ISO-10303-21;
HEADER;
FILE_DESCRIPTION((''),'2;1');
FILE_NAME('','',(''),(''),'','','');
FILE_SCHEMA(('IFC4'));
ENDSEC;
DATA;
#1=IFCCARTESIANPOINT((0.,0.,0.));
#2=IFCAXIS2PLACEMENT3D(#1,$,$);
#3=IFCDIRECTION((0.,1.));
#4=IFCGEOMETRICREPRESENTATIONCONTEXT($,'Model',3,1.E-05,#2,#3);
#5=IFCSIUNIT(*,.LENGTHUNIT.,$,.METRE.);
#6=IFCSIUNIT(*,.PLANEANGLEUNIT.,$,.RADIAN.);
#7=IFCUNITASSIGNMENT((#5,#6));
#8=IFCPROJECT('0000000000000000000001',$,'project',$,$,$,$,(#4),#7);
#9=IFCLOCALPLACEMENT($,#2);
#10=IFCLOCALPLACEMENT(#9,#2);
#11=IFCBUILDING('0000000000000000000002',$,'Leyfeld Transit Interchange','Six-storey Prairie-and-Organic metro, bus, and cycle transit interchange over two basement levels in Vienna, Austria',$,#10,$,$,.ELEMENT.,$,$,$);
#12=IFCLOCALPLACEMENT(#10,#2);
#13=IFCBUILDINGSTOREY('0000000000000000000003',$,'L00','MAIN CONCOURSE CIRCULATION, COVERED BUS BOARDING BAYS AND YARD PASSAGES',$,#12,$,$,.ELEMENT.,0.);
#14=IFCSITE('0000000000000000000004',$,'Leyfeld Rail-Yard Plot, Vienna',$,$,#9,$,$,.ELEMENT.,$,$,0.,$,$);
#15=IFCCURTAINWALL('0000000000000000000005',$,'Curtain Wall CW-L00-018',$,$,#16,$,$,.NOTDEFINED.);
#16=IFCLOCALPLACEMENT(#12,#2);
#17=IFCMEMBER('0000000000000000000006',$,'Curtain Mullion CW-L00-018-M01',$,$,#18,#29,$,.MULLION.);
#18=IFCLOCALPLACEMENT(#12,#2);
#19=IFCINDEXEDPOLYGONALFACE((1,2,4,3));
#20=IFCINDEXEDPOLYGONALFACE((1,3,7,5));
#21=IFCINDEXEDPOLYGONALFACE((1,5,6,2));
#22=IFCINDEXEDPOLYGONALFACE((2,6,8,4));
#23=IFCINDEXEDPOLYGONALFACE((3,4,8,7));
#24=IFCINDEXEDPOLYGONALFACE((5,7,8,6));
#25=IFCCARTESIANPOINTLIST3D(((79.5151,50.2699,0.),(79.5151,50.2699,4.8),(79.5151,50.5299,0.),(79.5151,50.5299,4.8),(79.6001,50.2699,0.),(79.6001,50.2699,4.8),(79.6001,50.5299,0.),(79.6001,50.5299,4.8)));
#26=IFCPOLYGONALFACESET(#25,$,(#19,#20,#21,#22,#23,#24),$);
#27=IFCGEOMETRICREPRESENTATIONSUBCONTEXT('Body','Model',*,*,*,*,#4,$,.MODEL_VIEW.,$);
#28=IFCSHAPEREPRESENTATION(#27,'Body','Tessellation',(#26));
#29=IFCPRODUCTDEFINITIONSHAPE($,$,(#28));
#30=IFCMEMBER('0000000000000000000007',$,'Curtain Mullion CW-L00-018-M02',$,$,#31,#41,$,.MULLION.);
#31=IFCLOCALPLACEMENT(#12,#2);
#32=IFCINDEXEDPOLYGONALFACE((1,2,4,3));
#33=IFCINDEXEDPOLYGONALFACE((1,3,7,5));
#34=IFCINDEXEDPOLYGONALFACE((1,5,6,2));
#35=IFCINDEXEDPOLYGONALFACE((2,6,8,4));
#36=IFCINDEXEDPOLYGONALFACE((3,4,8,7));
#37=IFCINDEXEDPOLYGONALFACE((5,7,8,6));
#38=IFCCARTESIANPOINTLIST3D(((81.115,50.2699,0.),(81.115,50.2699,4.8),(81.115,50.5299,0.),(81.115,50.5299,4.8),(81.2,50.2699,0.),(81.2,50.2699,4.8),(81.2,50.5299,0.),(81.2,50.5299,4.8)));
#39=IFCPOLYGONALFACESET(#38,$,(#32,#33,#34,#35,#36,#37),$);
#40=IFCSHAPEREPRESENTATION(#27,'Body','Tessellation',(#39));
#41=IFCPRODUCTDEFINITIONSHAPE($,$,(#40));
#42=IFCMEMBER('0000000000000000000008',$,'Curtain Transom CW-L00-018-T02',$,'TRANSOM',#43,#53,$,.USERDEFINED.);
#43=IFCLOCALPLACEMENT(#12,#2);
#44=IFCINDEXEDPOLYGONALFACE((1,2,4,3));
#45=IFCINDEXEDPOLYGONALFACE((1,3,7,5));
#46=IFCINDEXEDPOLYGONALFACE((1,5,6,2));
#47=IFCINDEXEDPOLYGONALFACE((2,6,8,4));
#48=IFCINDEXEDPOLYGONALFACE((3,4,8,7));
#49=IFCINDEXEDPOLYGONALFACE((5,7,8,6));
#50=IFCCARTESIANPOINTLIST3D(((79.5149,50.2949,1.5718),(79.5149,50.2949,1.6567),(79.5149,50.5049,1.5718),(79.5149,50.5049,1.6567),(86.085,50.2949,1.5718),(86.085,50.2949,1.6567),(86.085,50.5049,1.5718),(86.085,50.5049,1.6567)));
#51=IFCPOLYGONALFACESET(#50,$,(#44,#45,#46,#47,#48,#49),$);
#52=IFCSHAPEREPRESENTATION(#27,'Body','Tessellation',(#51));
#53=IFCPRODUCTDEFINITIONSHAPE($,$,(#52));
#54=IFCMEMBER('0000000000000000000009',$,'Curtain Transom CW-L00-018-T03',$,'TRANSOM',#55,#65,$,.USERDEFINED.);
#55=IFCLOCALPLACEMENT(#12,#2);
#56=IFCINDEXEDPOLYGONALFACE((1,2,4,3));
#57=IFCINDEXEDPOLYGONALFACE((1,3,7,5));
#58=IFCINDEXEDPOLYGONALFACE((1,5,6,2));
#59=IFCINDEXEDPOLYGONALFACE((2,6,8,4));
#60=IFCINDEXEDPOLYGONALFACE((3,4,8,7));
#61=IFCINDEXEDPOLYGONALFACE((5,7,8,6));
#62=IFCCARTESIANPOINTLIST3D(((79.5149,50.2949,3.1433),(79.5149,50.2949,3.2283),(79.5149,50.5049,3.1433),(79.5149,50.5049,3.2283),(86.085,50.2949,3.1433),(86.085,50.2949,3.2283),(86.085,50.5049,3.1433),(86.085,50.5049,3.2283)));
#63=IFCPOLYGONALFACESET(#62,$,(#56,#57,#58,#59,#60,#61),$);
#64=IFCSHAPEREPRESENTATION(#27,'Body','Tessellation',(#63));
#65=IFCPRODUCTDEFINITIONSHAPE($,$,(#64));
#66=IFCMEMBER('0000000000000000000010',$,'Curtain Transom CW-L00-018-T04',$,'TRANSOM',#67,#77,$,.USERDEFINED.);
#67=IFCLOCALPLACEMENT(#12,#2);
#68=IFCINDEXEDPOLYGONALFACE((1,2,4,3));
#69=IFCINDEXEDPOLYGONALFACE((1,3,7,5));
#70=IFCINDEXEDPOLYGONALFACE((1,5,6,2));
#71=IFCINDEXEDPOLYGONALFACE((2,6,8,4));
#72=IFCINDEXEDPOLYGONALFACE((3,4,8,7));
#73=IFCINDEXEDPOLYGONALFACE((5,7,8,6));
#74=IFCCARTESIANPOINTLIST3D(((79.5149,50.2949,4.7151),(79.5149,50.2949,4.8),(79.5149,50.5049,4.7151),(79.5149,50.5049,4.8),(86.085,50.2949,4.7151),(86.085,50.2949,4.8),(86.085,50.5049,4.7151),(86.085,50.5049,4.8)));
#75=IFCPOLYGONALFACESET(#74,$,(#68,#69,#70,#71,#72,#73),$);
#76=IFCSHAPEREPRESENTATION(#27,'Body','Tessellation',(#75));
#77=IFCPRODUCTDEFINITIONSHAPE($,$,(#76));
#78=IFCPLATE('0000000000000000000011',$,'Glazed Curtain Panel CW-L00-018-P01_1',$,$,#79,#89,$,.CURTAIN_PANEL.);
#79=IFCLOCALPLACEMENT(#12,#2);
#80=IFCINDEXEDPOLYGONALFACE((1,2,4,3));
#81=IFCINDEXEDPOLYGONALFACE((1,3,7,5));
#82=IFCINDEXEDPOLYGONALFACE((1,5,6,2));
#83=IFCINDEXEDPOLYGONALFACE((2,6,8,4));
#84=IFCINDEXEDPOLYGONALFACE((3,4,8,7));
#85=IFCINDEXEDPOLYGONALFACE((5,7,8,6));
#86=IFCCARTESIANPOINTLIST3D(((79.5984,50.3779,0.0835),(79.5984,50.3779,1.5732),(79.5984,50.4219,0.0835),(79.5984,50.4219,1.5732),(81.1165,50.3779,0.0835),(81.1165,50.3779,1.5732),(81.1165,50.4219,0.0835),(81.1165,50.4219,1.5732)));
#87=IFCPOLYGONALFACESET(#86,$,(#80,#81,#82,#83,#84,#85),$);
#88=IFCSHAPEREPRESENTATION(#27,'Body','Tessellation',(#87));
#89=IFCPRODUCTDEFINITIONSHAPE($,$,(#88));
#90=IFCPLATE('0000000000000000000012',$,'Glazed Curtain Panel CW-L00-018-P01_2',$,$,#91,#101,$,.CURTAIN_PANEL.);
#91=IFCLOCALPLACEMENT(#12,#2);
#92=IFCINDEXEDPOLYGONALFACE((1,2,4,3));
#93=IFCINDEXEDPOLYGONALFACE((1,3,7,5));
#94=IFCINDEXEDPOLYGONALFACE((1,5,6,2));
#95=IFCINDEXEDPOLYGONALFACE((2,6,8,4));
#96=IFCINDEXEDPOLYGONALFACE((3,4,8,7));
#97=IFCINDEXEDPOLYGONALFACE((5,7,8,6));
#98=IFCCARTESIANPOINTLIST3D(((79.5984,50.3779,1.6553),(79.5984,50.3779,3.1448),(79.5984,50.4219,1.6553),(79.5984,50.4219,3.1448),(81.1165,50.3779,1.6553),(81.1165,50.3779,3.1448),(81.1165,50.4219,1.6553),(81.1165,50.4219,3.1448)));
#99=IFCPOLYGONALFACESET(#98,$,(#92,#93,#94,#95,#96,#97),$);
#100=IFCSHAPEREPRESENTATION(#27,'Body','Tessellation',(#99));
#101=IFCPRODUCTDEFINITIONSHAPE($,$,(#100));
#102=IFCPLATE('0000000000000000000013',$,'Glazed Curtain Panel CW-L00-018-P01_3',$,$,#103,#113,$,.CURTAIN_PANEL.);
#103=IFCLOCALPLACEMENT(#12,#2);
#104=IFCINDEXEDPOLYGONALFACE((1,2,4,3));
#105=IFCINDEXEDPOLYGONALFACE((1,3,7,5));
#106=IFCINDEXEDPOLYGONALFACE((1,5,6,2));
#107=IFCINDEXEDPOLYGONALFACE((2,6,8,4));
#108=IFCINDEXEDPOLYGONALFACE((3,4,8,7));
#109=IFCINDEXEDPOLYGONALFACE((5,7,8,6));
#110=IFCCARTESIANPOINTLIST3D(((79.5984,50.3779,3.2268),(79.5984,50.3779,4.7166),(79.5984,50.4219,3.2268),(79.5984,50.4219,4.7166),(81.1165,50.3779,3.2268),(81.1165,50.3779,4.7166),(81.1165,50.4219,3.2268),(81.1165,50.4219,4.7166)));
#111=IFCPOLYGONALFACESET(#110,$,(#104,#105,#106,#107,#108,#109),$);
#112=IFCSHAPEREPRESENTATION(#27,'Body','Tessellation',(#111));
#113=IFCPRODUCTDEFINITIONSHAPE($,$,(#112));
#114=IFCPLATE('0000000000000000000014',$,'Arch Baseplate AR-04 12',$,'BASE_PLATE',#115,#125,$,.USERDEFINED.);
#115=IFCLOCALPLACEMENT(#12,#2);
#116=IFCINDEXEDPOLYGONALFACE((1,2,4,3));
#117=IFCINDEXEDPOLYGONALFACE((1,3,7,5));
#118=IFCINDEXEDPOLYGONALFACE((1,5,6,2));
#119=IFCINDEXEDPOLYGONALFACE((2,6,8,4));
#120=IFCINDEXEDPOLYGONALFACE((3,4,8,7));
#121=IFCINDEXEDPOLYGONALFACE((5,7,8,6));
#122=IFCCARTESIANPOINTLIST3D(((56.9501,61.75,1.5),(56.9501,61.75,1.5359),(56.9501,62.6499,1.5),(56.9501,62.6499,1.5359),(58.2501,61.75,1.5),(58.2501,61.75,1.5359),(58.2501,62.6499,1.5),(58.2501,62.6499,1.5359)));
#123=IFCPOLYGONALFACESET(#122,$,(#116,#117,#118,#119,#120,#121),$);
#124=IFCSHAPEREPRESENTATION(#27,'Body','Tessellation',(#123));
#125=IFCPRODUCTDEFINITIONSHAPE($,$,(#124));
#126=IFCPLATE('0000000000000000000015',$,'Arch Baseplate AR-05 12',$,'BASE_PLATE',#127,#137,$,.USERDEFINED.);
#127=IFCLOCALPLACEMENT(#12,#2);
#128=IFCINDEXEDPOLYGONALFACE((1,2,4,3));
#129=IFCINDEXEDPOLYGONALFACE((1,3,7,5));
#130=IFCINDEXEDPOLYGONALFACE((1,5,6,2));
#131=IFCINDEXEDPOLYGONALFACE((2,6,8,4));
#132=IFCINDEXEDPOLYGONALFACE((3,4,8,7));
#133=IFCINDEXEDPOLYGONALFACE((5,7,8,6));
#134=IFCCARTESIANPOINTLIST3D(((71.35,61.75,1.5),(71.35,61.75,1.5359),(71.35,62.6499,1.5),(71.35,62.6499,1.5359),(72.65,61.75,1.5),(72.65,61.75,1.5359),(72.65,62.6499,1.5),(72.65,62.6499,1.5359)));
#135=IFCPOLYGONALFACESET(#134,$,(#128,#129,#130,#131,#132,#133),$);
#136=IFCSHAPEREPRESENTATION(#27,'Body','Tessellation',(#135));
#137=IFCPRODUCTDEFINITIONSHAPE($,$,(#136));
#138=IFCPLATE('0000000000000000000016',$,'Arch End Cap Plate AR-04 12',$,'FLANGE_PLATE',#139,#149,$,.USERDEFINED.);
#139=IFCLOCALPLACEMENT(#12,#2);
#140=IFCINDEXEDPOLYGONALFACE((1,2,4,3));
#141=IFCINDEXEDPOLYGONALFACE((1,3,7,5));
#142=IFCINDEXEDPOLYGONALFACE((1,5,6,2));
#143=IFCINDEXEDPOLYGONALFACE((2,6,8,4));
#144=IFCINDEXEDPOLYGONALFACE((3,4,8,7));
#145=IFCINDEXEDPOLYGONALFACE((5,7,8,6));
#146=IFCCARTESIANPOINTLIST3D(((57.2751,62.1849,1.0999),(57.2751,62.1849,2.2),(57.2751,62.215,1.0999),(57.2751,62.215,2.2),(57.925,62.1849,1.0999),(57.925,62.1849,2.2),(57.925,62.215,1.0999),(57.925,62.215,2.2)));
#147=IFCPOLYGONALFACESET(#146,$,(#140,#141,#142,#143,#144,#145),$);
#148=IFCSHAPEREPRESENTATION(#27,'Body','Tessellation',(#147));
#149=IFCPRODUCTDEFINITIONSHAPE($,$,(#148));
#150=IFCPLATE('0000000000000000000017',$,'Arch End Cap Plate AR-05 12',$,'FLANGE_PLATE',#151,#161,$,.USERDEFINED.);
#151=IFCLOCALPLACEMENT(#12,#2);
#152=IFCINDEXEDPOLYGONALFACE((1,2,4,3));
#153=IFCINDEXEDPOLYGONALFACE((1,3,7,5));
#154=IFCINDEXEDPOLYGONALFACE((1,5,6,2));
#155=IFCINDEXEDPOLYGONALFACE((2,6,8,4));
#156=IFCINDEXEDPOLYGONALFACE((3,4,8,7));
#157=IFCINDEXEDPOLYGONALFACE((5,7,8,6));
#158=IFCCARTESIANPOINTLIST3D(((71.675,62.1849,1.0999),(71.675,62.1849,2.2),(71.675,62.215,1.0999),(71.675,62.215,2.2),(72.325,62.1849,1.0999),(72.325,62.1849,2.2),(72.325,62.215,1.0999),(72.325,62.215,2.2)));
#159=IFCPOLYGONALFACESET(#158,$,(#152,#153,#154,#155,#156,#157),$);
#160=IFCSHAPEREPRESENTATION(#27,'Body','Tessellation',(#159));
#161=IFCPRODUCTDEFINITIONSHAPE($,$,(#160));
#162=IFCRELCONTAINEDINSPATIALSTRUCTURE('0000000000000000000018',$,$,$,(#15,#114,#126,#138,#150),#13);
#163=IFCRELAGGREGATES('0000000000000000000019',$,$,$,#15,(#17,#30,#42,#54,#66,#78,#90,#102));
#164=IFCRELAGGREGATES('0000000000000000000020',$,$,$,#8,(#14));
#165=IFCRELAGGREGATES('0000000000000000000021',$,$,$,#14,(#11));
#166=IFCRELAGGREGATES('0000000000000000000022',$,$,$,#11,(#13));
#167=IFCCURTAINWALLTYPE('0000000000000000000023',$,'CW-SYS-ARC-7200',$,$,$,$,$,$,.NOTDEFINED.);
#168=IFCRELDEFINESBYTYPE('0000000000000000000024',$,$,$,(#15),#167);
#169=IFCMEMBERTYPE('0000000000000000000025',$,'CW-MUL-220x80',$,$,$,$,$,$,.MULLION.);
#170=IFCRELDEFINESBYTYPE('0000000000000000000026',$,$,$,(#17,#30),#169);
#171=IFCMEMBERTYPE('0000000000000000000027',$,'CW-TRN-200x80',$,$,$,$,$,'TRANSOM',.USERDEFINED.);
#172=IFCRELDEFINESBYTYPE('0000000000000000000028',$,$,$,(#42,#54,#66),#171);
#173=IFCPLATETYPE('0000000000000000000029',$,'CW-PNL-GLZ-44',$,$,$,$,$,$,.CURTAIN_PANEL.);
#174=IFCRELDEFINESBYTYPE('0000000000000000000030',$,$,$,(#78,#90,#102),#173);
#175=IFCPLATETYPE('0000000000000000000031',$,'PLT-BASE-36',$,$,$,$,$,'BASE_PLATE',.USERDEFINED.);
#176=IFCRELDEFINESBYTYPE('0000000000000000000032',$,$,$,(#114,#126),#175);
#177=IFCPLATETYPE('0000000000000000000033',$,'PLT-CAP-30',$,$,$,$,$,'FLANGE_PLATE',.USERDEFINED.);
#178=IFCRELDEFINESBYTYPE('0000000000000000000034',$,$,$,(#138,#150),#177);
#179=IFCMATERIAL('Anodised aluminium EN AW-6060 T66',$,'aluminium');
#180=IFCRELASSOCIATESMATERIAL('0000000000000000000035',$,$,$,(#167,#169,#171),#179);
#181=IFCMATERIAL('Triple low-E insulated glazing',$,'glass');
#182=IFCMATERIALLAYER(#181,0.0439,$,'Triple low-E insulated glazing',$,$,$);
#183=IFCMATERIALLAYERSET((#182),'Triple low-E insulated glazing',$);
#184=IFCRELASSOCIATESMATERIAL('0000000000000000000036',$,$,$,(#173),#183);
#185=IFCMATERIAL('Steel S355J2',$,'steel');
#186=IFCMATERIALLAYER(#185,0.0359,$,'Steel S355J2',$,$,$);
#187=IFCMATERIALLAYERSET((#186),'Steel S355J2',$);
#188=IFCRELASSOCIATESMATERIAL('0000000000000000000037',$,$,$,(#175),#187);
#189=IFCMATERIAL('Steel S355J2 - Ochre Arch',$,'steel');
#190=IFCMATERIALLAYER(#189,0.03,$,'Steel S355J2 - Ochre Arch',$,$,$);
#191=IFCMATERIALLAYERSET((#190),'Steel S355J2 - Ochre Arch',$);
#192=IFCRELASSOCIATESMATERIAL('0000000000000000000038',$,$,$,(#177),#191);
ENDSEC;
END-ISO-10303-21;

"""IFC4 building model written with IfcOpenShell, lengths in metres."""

from ifc_helpers import new_model, si_unit, direction, frame, origin, origin_2d, place, context, subcontext, project, spatial, rectangle, extrude, material, layer, layer_set, material_profile, profile_set, type_object, element, aggregate, save


model = new_model("IFC4")

# Units and contexts
model_context = context("Model", 3, precision=1e-05, world=origin(), true_north=direction((0.0, 1.0)))
body_context = subcontext(model_context, "Body", "Model", "MODEL_VIEW")
ifc_project = project(units=[si_unit("LENGTHUNIT", "METRE"), si_unit("PLANEANGLEUNIT", "RADIAN")], contexts=[model_context])

# Site, building, storey
site_placement = place(None, origin())
site = spatial("IfcSite", under=ifc_project, at=site_placement, Name="Leyfeld Rail-Yard Plot, Vienna", CompositionType="ELEMENT", RefElevation=0.0)
building_placement = place(site_placement, origin())
building = spatial("IfcBuilding", under=site, at=building_placement, Name="Leyfeld Transit Interchange", Description="Six-storey Prairie-and-Organic metro, bus, and cycle transit interchange over two basement levels in Vienna, Austria", CompositionType="ELEMENT")
storey_placement = place(building_placement, origin())
storey = spatial("IfcBuildingStorey", under=building, at=storey_placement, Name="L00", Description="MAIN CONCOURSE CIRCULATION, COVERED BUS BOARDING BAYS AND YARD PASSAGES", CompositionType="ELEMENT", Elevation=0.0)

# Curtain wall, members, plates
ifc_material_1 = material(Name="Anodised aluminium EN AW-6060 T66", Category="aluminium")
curtain_wall_type = type_object("IfcCurtainWallType", Name="CW-SYS-ARC-7200", PredefinedType="NOTDEFINED", material=ifc_material_1)
curtain_wall_placement = place(storey_placement, origin())
curtain_wall = element("IfcCurtainWall", 1, at=curtain_wall_placement, inside=storey, type_object=curtain_wall_type, Name="Curtain Wall CW-L00-018", PredefinedType="NOTDEFINED")
ifc_material_profile_1 = material_profile(ifc_material_1, rectangle(XDim=0.085, YDim=0.26, at=origin_2d()), Name="CW-M 85x260")
ifc_profile_set_1 = profile_set([ifc_material_profile_1], Name="Anodised aluminium EN AW-6060 T66")
member_type_1 = type_object("IfcMemberType", Name="CW-MUL-220x80", PredefinedType="MULLION", material=ifc_profile_set_1)
member_1_placement = place(storey_placement, frame((79.5576, 50.3999, 0.0), z_axis=(0.0, 0.0, 1.0), x_axis=(1.0, 0.0, 0.0)))
member_1 = element("IfcMember", 2, at=member_1_placement, type_object=member_type_1, Name="Curtain Mullion CW-L00-018-M01", PredefinedType="MULLION", context=body_context, shape_type="SweptSolid", body=[
    extrude(rectangle(XDim=0.085, YDim=0.26, at=origin_2d()), origin(), (0.0, 0.0, 1.0), 4.8),
])
member_2_placement = place(storey_placement, frame((81.1575, 50.3999, 0.0), z_axis=(0.0, 0.0, 1.0), x_axis=(1.0, 0.0, 0.0)))
member_2 = element("IfcMember", 3, at=member_2_placement, type_object=member_type_1, Name="Curtain Mullion CW-L00-018-M02", PredefinedType="MULLION", context=body_context, shape_type="SweptSolid", body=[
    extrude(rectangle(XDim=0.085, YDim=0.26, at=origin_2d()), origin(), (0.0, 0.0, 1.0), 4.8),
])
ifc_material_profile_2 = material_profile(ifc_material_1, rectangle(XDim=0.21, YDim=0.085, at=origin_2d()), Name="CW-TRN-200x80")
ifc_profile_set_2 = profile_set([ifc_material_profile_2], Name="Anodised aluminium EN AW-6060 T66")
member_type_2 = type_object("IfcMemberType", Name="CW-TRN-200x80", ElementType="TRANSOM", PredefinedType="USERDEFINED", material=ifc_profile_set_2)
member_3_placement = place(storey_placement, frame((79.5149, 50.3999, 1.6143), z_axis=(1.0, 0.0, 0.0), x_axis=(0.0, 1.0, 0.0)))
member_3 = element("IfcMember", 4, at=member_3_placement, type_object=member_type_2, Name="Curtain Transom CW-L00-018-T02", ObjectType="TRANSOM", PredefinedType="USERDEFINED", context=body_context, shape_type="SweptSolid", body=[
    extrude(rectangle(XDim=0.21, YDim=0.085, at=origin_2d()), origin(), (0.0, 0.0, 1.0), 6.5701),
])
member_4_placement = place(storey_placement, frame((79.5149, 50.3999, 3.1858), z_axis=(1.0, 0.0, 0.0), x_axis=(0.0, 1.0, 0.0)))
member_4 = element("IfcMember", 5, at=member_4_placement, type_object=member_type_2, Name="Curtain Transom CW-L00-018-T03", ObjectType="TRANSOM", PredefinedType="USERDEFINED", context=body_context, shape_type="SweptSolid", body=[
    extrude(rectangle(XDim=0.21, YDim=0.085, at=origin_2d()), origin(), (0.0, 0.0, 1.0), 6.5701),
])
member_5_placement = place(storey_placement, frame((79.5149, 50.3999, 4.7576), z_axis=(1.0, 0.0, 0.0), x_axis=(0.0, 1.0, 0.0)))
member_5 = element("IfcMember", 6, at=member_5_placement, type_object=member_type_2, Name="Curtain Transom CW-L00-018-T04", ObjectType="TRANSOM", PredefinedType="USERDEFINED", context=body_context, shape_type="SweptSolid", body=[
    extrude(rectangle(XDim=0.21, YDim=0.085, at=origin_2d()), origin(), (0.0, 0.0, 1.0), 6.5701),
])
ifc_material_2 = material(Name="Triple low-E insulated glazing", Category="glass")
ifc_layer_1 = layer(ifc_material_2, 0.0439, Name="Triple low-E insulated glazing")
ifc_layer_set_1 = layer_set([ifc_layer_1], Name="Triple low-E insulated glazing")
plate_type_1 = type_object("IfcPlateType", Name="CW-PNL-GLZ-44", PredefinedType="CURTAIN_PANEL", material=ifc_layer_set_1)
plate_1_placement = place(storey_placement, frame((80.3574, 50.3999, 0.0835), z_axis=(0.0, 0.0, 1.0), x_axis=(1.0, 0.0, 0.0)))
plate_1 = element("IfcPlate", 7, at=plate_1_placement, type_object=plate_type_1, Name="Glazed Curtain Panel CW-L00-018-P01_1", PredefinedType="CURTAIN_PANEL", context=body_context, shape_type="SweptSolid", body=[
    extrude(rectangle(XDim=1.5181, YDim=0.0439, at=origin_2d()), origin(), (0.0, 0.0, 1.0), 1.4897),
])
plate_2_placement = place(storey_placement, frame((80.3574, 50.3999, 1.6553), z_axis=(0.0, 0.0, 1.0), x_axis=(1.0, 0.0, 0.0)))
plate_2 = element("IfcPlate", 8, at=plate_2_placement, type_object=plate_type_1, Name="Glazed Curtain Panel CW-L00-018-P01_2", PredefinedType="CURTAIN_PANEL", context=body_context, shape_type="SweptSolid", body=[
    extrude(rectangle(XDim=1.5181, YDim=0.0439, at=origin_2d()), origin(), (0.0, 0.0, 1.0), 1.4895),
])
plate_3_placement = place(storey_placement, frame((80.3574, 50.3999, 3.2268), z_axis=(0.0, 0.0, 1.0), x_axis=(1.0, 0.0, 0.0)))
plate_3 = element("IfcPlate", 9, at=plate_3_placement, type_object=plate_type_1, Name="Glazed Curtain Panel CW-L00-018-P01_3", PredefinedType="CURTAIN_PANEL", context=body_context, shape_type="SweptSolid", body=[
    extrude(rectangle(XDim=1.5181, YDim=0.0439, at=origin_2d()), origin(), (0.0, 0.0, 1.0), 1.4897),
])
aggregate(curtain_wall, [member_1, member_2, member_3, member_4, member_5, plate_1, plate_2, plate_3])

# Plates
ifc_material_3 = material(Name="Steel S355J2", Category="steel")
ifc_layer_2 = layer(ifc_material_3, 0.0359, Name="Steel S355J2")
ifc_layer_set_2 = layer_set([ifc_layer_2], Name="Steel S355J2")
plate_type_2 = type_object("IfcPlateType", Name="PLT-BASE-36", ElementType="BASE_PLATE", PredefinedType="USERDEFINED", material=ifc_layer_set_2)
for number, where, z_axis, x_axis, name in (
    (10, (57.6001, 62.2, 1.5), (0.0, 0.0, 1.0), (1.0, 0.0, 0.0), "Arch Baseplate AR-04 12"),
    (11, (72.0, 62.2, 1.5), (0.0, 0.0, 1.0), (1.0, 0.0, 0.0), "Arch Baseplate AR-05 12"),
):
    element("IfcPlate", number, at=place(storey_placement, frame(where, z_axis=z_axis, x_axis=x_axis)), inside=storey, type_object=plate_type_2, Name=name, ObjectType="BASE_PLATE", PredefinedType="USERDEFINED", context=body_context, shape_type="SweptSolid", body=[
        extrude(rectangle(XDim=1.3, YDim=0.8999, at=origin_2d()), origin(), (0.0, 0.0, 1.0), 0.0359),
    ])
ifc_material_4 = material(Name="Steel S355J2 - Ochre Arch", Category="steel")
ifc_layer_3 = layer(ifc_material_4, 0.03, Name="Steel S355J2 - Ochre Arch")
ifc_layer_set_3 = layer_set([ifc_layer_3], Name="Steel S355J2 - Ochre Arch")
plate_type_3 = type_object("IfcPlateType", Name="PLT-CAP-30", ElementType="FLANGE_PLATE", PredefinedType="USERDEFINED", material=ifc_layer_set_3)
for number, where, z_axis, x_axis, name in (
    (12, (57.6001, 62.2, 1.0999), (0.0, 0.0, 1.0), (1.0, 0.0, 0.0), "Arch End Cap Plate AR-04 12"),
    (13, (72.0, 62.2, 1.0999), (0.0, 0.0, 1.0), (1.0, 0.0, 0.0), "Arch End Cap Plate AR-05 12"),
):
    element("IfcPlate", number, at=place(storey_placement, frame(where, z_axis=z_axis, x_axis=x_axis)), inside=storey, type_object=plate_type_3, Name=name, ObjectType="FLANGE_PLATE", PredefinedType="USERDEFINED", context=body_context, shape_type="SweptSolid", body=[
        extrude(rectangle(XDim=0.6499, YDim=0.03, at=origin_2d()), origin(), (0.0, 0.0, 1.0), 1.1001),
    ])

save(model, "model.ifc")
